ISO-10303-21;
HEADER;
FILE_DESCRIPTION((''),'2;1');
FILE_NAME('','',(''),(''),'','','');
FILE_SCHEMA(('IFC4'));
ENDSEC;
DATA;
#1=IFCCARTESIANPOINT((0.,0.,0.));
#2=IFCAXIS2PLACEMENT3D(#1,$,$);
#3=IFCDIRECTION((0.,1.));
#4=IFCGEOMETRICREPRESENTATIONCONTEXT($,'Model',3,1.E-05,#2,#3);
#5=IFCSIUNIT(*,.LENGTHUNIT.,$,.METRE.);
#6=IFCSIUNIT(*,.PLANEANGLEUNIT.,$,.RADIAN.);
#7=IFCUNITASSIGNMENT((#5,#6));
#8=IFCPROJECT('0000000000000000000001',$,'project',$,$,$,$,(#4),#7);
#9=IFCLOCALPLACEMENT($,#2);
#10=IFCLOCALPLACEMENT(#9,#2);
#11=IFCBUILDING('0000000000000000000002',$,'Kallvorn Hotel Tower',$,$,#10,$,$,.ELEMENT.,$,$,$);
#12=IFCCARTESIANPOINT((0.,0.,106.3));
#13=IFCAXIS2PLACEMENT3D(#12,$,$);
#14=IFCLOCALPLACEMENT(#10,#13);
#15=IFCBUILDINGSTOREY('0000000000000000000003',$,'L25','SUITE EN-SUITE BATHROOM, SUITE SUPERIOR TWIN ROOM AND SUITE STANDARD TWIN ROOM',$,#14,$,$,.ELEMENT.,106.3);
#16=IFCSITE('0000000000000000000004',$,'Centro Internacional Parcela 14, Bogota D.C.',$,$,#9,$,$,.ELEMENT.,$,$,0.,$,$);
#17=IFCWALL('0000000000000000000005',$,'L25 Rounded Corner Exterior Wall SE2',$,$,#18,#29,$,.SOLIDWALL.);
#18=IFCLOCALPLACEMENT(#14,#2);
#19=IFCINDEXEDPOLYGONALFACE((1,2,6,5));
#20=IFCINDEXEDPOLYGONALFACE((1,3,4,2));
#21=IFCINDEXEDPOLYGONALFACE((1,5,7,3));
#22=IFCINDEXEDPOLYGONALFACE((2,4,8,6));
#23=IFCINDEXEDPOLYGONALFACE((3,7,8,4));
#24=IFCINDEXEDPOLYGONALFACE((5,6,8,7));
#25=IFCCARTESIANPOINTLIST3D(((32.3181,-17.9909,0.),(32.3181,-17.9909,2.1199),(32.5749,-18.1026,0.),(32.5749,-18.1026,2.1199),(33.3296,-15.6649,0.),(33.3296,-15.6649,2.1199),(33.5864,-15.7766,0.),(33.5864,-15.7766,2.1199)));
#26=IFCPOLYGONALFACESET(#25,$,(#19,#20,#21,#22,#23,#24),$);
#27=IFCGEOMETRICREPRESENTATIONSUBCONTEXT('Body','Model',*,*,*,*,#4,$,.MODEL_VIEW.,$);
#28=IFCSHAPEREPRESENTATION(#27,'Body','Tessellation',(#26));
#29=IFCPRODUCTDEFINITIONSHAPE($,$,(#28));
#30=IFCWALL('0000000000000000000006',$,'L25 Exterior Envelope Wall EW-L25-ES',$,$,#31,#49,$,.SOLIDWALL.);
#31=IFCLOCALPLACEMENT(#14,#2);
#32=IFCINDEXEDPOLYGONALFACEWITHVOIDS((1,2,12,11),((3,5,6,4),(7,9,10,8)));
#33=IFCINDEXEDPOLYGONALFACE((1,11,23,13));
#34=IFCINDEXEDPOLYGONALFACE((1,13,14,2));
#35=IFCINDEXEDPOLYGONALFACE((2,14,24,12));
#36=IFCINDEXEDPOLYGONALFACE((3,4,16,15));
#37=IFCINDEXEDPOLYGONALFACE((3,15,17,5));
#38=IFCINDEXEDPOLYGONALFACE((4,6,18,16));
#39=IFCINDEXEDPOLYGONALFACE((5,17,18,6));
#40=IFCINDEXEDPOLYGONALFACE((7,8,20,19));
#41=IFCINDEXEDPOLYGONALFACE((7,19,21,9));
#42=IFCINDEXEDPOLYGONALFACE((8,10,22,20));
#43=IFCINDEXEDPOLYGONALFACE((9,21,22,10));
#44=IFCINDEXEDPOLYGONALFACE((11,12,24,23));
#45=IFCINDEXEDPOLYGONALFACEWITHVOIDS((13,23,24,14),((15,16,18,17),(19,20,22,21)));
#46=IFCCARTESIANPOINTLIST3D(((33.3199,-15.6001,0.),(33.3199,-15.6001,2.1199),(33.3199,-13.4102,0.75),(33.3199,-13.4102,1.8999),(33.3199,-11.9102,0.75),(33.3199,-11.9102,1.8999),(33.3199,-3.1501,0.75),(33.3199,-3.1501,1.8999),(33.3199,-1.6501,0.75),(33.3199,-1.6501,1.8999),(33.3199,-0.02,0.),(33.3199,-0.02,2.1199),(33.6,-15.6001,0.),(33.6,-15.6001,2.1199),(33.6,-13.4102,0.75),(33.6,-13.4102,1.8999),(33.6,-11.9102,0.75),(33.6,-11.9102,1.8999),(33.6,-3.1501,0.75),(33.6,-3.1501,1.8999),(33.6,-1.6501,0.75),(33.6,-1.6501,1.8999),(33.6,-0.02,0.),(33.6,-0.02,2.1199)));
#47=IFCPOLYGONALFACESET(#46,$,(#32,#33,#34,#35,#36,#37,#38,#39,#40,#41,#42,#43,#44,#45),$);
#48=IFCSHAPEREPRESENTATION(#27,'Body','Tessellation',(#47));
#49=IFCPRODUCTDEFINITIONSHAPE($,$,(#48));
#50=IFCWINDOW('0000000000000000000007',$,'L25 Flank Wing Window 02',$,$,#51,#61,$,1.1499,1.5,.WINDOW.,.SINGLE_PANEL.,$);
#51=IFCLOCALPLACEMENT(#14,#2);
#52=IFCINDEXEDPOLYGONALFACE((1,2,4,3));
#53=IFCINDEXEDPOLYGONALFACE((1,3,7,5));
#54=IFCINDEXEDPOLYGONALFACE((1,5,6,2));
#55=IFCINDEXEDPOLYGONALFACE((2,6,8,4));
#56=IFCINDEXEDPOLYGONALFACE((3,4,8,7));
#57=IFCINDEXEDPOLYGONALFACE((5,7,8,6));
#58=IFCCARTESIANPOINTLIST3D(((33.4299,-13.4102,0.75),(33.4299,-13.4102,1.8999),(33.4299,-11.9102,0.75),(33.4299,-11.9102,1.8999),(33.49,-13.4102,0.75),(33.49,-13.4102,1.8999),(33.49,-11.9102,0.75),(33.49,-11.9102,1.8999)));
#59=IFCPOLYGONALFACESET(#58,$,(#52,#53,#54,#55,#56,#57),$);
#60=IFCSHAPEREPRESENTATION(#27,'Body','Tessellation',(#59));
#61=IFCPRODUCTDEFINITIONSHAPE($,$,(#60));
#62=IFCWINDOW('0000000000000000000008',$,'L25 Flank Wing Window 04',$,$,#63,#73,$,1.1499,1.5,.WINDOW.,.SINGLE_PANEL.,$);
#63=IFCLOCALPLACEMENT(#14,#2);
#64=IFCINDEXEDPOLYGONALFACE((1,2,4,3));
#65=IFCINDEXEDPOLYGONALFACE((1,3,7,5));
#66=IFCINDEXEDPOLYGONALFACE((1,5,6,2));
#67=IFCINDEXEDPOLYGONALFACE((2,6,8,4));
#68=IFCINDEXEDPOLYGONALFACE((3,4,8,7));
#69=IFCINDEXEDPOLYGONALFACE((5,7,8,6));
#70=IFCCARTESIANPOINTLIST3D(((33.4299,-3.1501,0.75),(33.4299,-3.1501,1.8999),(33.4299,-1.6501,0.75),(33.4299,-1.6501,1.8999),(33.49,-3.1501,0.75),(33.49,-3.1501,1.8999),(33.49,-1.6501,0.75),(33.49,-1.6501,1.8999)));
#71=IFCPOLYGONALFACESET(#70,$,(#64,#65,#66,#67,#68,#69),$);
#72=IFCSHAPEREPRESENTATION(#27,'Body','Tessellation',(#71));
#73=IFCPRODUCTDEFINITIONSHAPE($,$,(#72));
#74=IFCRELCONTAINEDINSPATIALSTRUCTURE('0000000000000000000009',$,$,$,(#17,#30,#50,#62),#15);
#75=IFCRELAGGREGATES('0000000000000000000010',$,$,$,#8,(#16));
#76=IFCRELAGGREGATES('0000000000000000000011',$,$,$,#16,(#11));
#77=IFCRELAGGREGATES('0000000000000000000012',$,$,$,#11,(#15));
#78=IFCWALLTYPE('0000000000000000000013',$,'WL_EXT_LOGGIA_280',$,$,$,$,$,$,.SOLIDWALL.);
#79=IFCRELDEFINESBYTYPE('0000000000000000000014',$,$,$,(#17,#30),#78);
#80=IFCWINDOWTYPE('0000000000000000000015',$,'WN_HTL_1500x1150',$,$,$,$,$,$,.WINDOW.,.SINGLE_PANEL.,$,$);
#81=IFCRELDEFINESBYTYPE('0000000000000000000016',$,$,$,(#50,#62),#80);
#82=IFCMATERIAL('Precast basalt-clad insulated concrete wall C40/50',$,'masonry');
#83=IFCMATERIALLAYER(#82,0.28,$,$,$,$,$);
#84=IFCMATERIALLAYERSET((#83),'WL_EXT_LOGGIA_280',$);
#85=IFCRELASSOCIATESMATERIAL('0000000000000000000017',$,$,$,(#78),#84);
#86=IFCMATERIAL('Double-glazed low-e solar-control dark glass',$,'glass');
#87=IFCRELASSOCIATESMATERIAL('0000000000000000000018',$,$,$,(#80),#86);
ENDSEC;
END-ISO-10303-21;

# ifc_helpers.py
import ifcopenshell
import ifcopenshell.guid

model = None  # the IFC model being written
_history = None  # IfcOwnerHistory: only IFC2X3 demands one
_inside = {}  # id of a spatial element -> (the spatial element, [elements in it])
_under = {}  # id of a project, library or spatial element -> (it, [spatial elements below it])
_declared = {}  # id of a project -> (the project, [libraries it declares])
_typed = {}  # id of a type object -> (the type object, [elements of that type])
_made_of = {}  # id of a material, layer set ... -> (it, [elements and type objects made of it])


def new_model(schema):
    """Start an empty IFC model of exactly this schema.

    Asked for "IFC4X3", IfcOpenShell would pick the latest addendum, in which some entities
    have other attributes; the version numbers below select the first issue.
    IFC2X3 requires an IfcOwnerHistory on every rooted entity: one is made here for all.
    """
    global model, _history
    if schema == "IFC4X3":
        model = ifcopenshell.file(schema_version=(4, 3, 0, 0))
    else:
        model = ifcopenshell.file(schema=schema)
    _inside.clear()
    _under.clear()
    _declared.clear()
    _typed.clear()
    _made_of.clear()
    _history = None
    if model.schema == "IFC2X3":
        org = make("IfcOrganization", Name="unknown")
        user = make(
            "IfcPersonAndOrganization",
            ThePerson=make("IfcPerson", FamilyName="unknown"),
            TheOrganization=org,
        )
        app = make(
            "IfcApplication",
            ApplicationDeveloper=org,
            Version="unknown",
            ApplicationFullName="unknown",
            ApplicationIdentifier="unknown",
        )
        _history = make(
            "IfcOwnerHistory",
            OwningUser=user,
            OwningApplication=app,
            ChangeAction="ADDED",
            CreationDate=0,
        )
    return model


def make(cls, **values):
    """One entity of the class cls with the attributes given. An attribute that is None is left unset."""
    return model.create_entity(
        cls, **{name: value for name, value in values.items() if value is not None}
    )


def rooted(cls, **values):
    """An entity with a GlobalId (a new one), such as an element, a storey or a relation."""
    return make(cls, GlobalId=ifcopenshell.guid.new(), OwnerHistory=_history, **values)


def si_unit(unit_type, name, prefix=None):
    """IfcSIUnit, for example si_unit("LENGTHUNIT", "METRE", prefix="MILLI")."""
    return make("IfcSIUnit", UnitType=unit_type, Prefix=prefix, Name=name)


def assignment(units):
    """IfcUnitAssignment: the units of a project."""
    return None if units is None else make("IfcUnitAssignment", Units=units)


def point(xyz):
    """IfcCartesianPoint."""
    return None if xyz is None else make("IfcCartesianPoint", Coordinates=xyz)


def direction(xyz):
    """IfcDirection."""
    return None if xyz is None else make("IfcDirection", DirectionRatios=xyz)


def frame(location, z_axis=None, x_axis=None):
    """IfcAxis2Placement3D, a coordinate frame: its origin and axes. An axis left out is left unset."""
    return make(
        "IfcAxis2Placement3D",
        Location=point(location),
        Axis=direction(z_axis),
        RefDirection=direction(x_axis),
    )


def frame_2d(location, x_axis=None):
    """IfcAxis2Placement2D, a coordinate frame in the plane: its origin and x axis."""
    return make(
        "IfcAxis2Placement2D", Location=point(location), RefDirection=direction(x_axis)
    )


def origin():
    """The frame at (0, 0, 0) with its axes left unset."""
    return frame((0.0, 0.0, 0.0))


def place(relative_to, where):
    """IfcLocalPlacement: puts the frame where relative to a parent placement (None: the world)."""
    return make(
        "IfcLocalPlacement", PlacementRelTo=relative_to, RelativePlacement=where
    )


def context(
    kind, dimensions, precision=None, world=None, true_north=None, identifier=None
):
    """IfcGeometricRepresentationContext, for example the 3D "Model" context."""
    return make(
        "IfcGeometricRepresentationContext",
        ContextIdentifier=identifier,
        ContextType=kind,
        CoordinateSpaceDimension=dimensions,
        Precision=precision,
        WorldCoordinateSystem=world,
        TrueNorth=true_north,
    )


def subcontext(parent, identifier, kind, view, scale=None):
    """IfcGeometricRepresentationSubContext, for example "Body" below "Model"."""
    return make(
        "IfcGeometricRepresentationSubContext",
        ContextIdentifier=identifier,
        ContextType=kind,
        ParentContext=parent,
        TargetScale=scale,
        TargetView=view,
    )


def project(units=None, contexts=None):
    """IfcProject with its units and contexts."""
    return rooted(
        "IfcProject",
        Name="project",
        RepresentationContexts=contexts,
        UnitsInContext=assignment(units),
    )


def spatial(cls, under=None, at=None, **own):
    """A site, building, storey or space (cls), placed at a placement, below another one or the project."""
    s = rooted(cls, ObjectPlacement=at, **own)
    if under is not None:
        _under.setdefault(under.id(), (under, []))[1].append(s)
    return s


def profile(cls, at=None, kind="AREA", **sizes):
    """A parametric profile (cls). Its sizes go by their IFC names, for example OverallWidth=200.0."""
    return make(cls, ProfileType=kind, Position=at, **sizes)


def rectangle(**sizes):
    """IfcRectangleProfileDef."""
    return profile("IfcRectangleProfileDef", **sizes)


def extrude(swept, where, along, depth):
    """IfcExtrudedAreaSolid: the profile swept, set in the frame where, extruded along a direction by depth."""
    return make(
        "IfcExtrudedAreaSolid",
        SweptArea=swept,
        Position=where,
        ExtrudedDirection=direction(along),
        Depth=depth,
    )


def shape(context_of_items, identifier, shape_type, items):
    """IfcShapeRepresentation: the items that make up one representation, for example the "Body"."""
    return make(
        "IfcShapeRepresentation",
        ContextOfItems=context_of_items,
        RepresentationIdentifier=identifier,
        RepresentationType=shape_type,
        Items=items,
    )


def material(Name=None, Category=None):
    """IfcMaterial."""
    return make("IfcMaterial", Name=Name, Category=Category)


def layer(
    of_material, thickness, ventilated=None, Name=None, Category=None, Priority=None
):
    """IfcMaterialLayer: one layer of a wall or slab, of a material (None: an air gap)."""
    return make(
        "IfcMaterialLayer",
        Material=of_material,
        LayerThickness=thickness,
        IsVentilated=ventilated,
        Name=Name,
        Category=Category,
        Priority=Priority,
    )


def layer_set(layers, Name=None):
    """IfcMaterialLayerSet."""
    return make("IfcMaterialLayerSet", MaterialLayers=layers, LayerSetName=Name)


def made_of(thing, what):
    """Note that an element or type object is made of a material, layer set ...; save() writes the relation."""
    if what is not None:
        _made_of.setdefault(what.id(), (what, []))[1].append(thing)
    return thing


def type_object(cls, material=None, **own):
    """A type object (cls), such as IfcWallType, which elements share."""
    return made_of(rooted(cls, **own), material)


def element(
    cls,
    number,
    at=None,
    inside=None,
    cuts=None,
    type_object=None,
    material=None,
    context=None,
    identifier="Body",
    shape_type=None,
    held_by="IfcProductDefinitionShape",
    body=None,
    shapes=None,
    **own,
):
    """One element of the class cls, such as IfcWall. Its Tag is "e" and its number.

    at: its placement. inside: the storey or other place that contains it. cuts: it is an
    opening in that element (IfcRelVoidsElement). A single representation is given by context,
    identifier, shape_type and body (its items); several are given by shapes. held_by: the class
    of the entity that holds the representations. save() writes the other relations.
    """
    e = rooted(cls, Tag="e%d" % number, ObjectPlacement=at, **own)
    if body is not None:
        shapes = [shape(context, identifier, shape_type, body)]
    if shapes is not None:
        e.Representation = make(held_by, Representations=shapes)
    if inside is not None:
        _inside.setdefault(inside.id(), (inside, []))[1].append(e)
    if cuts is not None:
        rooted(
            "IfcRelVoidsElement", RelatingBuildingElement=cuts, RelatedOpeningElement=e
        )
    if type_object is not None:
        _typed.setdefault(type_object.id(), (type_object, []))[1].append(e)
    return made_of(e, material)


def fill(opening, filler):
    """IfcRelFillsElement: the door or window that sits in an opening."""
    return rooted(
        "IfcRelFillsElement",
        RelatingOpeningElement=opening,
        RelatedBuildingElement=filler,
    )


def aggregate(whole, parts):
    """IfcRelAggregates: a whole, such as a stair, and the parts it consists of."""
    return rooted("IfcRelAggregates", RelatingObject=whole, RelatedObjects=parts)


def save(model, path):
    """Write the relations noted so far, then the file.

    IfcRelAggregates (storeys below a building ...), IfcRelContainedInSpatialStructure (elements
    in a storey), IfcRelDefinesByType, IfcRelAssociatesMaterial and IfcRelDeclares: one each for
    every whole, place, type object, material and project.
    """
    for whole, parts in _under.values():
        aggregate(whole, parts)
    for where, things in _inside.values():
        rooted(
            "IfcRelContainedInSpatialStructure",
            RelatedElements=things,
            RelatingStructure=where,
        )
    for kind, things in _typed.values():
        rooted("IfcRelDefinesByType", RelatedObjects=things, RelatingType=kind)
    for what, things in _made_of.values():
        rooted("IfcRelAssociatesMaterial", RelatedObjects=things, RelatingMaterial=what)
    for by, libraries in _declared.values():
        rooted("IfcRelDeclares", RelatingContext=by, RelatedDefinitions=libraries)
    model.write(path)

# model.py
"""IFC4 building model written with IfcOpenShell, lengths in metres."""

from ifc_helpers import new_model, si_unit, direction, frame, frame_2d, origin, place, context, subcontext, project, spatial, rectangle, extrude, material, layer, layer_set, type_object, element, fill, save


model = new_model("IFC4")

# Units and contexts
model_context = context("Model", 3, precision=1e-05, world=origin(), true_north=direction((0.0, 1.0)))
body_context = subcontext(model_context, "Body", "Model", "MODEL_VIEW")
ifc_project = project(units=[si_unit("LENGTHUNIT", "METRE"), si_unit("PLANEANGLEUNIT", "RADIAN")], contexts=[model_context])

# Site, building, storey
site_placement = place(None, origin())
site = spatial("IfcSite", under=ifc_project, at=site_placement, Name="Centro Internacional Parcela 14, Bogota D.C.", CompositionType="ELEMENT", RefElevation=0.0)
building_placement = place(site_placement, origin())
building = spatial("IfcBuilding", under=site, at=building_placement, Name="Kallvorn Hotel Tower", CompositionType="ELEMENT")
storey_placement = place(building_placement, frame((0.0, 0.0, 106.3)))
storey = spatial("IfcBuildingStorey", under=building, at=storey_placement, Name="L25", Description="SUITE EN-SUITE BATHROOM, SUITE SUPERIOR TWIN ROOM AND SUITE STANDARD TWIN ROOM", CompositionType="ELEMENT", Elevation=106.3)

# Wall
ifc_material_1 = material(Name="Precast basalt-clad insulated concrete wall C40/50", Category="masonry")
ifc_layer_1 = layer(ifc_material_1, 0.28)
ifc_layer_set_1 = layer_set([ifc_layer_1], Name="WL_EXT_LOGGIA_280")
wall_type_1 = type_object("IfcWallType", Name="WL_EXT_LOGGIA_280", PredefinedType="SOLIDWALL", material=ifc_layer_set_1)
wall_1_placement = place(storey_placement, frame((32.4465, -18.0466, 0.0), z_axis=(0.0, 0.0, 1.0), x_axis=(0.398793, 0.917041, 0.0)))
element("IfcWall", 1, at=wall_1_placement, inside=storey, type_object=wall_type_1, Name="L25 Rounded Corner Exterior Wall SE2", PredefinedType="SOLIDWALL", context=body_context, shape_type="SweptSolid", body=[
    extrude(rectangle(XDim=2.5364, YDim=0.28, at=frame_2d((1.2681, 0.0))), origin(), (0.0, 0.0, 1.0), 2.1199),
])

# Wall, openings, windows
wall_2_placement = place(storey_placement, frame((33.46, -15.6001, 0.0), z_axis=(0.0, 0.0, 1.0), x_axis=(0.0, 1.0, 0.0)))
wall_2 = element("IfcWall", 2, at=wall_2_placement, inside=storey, type_object=wall_type_1, Name="L25 Exterior Envelope Wall EW-L25-ES", PredefinedType="SOLIDWALL", context=body_context, shape_type="SweptSolid", body=[
    extrude(rectangle(XDim=15.5801, YDim=0.28, at=frame_2d((7.79, 0.0))), origin(), (0.0, 0.0, 1.0), 2.1199),
])
opening_1_placement = place(wall_2_placement, frame((2.1899, 0.0, 0.75)))
opening_1 = element("IfcOpeningElement", 3, at=opening_1_placement, cuts=wall_2, PredefinedType="OPENING", context=body_context, shape_type="SweptSolid", body=[
    extrude(rectangle(XDim=1.5, YDim=1.1499, at=frame_2d((0.75, 0.575))), frame((0.0, 0.155, 0.0), z_axis=(0.0, -1.0, 0.0), x_axis=(1.0, 0.0, 0.0)), (0.0, 0.0, 1.0), 0.3101),
])
opening_2_placement = place(wall_2_placement, frame((12.45, 0.0, 0.75)))
opening_2 = element("IfcOpeningElement", 4, at=opening_2_placement, cuts=wall_2, PredefinedType="OPENING", context=body_context, shape_type="SweptSolid", body=[
    extrude(rectangle(XDim=1.5, YDim=1.1499, at=frame_2d((0.75, 0.575))), frame((0.0, 0.155, 0.0), z_axis=(0.0, -1.0, 0.0), x_axis=(1.0, 0.0, 0.0)), (0.0, 0.0, 1.0), 0.3101),
])
ifc_material_2 = material(Name="Double-glazed low-e solar-control dark glass", Category="glass")
window_type = type_object("IfcWindowType", Name="WN_HTL_1500x1150", PartitioningType="SINGLE_PANEL", PredefinedType="WINDOW", material=ifc_material_2)
window_1_placement = place(opening_1_placement, origin())
window_1 = element("IfcWindow", 5, at=window_1_placement, inside=storey, type_object=window_type, Name="L25 Flank Wing Window 02", OverallHeight=1.1499, OverallWidth=1.5, PartitioningType="SINGLE_PANEL", PredefinedType="WINDOW", context=body_context, shape_type="SweptSolid", body=[
    extrude(rectangle(XDim=1.5, YDim=1.1499, at=frame_2d((0.75, 0.575))), frame((0.0, 0.03, 0.0), z_axis=(0.0, -1.0, 0.0), x_axis=(1.0, 0.0, 0.0)), (0.0, 0.0, 1.0), 0.0601),
])
fill(opening_1, window_1)
window_2_placement = place(opening_2_placement, origin())
window_2 = element("IfcWindow", 6, at=window_2_placement, inside=storey, type_object=window_type, Name="L25 Flank Wing Window 04", OverallHeight=1.1499, OverallWidth=1.5, PartitioningType="SINGLE_PANEL", PredefinedType="WINDOW", context=body_context, shape_type="SweptSolid", body=[
    extrude(rectangle(XDim=1.5, YDim=1.1499, at=frame_2d((0.75, 0.575))), frame((0.0, 0.03, 0.0), z_axis=(0.0, -1.0, 0.0), x_axis=(1.0, 0.0, 0.0)), (0.0, 0.0, 1.0), 0.0601),
])
fill(opening_2, window_2)

save(model, "model.ifc")
